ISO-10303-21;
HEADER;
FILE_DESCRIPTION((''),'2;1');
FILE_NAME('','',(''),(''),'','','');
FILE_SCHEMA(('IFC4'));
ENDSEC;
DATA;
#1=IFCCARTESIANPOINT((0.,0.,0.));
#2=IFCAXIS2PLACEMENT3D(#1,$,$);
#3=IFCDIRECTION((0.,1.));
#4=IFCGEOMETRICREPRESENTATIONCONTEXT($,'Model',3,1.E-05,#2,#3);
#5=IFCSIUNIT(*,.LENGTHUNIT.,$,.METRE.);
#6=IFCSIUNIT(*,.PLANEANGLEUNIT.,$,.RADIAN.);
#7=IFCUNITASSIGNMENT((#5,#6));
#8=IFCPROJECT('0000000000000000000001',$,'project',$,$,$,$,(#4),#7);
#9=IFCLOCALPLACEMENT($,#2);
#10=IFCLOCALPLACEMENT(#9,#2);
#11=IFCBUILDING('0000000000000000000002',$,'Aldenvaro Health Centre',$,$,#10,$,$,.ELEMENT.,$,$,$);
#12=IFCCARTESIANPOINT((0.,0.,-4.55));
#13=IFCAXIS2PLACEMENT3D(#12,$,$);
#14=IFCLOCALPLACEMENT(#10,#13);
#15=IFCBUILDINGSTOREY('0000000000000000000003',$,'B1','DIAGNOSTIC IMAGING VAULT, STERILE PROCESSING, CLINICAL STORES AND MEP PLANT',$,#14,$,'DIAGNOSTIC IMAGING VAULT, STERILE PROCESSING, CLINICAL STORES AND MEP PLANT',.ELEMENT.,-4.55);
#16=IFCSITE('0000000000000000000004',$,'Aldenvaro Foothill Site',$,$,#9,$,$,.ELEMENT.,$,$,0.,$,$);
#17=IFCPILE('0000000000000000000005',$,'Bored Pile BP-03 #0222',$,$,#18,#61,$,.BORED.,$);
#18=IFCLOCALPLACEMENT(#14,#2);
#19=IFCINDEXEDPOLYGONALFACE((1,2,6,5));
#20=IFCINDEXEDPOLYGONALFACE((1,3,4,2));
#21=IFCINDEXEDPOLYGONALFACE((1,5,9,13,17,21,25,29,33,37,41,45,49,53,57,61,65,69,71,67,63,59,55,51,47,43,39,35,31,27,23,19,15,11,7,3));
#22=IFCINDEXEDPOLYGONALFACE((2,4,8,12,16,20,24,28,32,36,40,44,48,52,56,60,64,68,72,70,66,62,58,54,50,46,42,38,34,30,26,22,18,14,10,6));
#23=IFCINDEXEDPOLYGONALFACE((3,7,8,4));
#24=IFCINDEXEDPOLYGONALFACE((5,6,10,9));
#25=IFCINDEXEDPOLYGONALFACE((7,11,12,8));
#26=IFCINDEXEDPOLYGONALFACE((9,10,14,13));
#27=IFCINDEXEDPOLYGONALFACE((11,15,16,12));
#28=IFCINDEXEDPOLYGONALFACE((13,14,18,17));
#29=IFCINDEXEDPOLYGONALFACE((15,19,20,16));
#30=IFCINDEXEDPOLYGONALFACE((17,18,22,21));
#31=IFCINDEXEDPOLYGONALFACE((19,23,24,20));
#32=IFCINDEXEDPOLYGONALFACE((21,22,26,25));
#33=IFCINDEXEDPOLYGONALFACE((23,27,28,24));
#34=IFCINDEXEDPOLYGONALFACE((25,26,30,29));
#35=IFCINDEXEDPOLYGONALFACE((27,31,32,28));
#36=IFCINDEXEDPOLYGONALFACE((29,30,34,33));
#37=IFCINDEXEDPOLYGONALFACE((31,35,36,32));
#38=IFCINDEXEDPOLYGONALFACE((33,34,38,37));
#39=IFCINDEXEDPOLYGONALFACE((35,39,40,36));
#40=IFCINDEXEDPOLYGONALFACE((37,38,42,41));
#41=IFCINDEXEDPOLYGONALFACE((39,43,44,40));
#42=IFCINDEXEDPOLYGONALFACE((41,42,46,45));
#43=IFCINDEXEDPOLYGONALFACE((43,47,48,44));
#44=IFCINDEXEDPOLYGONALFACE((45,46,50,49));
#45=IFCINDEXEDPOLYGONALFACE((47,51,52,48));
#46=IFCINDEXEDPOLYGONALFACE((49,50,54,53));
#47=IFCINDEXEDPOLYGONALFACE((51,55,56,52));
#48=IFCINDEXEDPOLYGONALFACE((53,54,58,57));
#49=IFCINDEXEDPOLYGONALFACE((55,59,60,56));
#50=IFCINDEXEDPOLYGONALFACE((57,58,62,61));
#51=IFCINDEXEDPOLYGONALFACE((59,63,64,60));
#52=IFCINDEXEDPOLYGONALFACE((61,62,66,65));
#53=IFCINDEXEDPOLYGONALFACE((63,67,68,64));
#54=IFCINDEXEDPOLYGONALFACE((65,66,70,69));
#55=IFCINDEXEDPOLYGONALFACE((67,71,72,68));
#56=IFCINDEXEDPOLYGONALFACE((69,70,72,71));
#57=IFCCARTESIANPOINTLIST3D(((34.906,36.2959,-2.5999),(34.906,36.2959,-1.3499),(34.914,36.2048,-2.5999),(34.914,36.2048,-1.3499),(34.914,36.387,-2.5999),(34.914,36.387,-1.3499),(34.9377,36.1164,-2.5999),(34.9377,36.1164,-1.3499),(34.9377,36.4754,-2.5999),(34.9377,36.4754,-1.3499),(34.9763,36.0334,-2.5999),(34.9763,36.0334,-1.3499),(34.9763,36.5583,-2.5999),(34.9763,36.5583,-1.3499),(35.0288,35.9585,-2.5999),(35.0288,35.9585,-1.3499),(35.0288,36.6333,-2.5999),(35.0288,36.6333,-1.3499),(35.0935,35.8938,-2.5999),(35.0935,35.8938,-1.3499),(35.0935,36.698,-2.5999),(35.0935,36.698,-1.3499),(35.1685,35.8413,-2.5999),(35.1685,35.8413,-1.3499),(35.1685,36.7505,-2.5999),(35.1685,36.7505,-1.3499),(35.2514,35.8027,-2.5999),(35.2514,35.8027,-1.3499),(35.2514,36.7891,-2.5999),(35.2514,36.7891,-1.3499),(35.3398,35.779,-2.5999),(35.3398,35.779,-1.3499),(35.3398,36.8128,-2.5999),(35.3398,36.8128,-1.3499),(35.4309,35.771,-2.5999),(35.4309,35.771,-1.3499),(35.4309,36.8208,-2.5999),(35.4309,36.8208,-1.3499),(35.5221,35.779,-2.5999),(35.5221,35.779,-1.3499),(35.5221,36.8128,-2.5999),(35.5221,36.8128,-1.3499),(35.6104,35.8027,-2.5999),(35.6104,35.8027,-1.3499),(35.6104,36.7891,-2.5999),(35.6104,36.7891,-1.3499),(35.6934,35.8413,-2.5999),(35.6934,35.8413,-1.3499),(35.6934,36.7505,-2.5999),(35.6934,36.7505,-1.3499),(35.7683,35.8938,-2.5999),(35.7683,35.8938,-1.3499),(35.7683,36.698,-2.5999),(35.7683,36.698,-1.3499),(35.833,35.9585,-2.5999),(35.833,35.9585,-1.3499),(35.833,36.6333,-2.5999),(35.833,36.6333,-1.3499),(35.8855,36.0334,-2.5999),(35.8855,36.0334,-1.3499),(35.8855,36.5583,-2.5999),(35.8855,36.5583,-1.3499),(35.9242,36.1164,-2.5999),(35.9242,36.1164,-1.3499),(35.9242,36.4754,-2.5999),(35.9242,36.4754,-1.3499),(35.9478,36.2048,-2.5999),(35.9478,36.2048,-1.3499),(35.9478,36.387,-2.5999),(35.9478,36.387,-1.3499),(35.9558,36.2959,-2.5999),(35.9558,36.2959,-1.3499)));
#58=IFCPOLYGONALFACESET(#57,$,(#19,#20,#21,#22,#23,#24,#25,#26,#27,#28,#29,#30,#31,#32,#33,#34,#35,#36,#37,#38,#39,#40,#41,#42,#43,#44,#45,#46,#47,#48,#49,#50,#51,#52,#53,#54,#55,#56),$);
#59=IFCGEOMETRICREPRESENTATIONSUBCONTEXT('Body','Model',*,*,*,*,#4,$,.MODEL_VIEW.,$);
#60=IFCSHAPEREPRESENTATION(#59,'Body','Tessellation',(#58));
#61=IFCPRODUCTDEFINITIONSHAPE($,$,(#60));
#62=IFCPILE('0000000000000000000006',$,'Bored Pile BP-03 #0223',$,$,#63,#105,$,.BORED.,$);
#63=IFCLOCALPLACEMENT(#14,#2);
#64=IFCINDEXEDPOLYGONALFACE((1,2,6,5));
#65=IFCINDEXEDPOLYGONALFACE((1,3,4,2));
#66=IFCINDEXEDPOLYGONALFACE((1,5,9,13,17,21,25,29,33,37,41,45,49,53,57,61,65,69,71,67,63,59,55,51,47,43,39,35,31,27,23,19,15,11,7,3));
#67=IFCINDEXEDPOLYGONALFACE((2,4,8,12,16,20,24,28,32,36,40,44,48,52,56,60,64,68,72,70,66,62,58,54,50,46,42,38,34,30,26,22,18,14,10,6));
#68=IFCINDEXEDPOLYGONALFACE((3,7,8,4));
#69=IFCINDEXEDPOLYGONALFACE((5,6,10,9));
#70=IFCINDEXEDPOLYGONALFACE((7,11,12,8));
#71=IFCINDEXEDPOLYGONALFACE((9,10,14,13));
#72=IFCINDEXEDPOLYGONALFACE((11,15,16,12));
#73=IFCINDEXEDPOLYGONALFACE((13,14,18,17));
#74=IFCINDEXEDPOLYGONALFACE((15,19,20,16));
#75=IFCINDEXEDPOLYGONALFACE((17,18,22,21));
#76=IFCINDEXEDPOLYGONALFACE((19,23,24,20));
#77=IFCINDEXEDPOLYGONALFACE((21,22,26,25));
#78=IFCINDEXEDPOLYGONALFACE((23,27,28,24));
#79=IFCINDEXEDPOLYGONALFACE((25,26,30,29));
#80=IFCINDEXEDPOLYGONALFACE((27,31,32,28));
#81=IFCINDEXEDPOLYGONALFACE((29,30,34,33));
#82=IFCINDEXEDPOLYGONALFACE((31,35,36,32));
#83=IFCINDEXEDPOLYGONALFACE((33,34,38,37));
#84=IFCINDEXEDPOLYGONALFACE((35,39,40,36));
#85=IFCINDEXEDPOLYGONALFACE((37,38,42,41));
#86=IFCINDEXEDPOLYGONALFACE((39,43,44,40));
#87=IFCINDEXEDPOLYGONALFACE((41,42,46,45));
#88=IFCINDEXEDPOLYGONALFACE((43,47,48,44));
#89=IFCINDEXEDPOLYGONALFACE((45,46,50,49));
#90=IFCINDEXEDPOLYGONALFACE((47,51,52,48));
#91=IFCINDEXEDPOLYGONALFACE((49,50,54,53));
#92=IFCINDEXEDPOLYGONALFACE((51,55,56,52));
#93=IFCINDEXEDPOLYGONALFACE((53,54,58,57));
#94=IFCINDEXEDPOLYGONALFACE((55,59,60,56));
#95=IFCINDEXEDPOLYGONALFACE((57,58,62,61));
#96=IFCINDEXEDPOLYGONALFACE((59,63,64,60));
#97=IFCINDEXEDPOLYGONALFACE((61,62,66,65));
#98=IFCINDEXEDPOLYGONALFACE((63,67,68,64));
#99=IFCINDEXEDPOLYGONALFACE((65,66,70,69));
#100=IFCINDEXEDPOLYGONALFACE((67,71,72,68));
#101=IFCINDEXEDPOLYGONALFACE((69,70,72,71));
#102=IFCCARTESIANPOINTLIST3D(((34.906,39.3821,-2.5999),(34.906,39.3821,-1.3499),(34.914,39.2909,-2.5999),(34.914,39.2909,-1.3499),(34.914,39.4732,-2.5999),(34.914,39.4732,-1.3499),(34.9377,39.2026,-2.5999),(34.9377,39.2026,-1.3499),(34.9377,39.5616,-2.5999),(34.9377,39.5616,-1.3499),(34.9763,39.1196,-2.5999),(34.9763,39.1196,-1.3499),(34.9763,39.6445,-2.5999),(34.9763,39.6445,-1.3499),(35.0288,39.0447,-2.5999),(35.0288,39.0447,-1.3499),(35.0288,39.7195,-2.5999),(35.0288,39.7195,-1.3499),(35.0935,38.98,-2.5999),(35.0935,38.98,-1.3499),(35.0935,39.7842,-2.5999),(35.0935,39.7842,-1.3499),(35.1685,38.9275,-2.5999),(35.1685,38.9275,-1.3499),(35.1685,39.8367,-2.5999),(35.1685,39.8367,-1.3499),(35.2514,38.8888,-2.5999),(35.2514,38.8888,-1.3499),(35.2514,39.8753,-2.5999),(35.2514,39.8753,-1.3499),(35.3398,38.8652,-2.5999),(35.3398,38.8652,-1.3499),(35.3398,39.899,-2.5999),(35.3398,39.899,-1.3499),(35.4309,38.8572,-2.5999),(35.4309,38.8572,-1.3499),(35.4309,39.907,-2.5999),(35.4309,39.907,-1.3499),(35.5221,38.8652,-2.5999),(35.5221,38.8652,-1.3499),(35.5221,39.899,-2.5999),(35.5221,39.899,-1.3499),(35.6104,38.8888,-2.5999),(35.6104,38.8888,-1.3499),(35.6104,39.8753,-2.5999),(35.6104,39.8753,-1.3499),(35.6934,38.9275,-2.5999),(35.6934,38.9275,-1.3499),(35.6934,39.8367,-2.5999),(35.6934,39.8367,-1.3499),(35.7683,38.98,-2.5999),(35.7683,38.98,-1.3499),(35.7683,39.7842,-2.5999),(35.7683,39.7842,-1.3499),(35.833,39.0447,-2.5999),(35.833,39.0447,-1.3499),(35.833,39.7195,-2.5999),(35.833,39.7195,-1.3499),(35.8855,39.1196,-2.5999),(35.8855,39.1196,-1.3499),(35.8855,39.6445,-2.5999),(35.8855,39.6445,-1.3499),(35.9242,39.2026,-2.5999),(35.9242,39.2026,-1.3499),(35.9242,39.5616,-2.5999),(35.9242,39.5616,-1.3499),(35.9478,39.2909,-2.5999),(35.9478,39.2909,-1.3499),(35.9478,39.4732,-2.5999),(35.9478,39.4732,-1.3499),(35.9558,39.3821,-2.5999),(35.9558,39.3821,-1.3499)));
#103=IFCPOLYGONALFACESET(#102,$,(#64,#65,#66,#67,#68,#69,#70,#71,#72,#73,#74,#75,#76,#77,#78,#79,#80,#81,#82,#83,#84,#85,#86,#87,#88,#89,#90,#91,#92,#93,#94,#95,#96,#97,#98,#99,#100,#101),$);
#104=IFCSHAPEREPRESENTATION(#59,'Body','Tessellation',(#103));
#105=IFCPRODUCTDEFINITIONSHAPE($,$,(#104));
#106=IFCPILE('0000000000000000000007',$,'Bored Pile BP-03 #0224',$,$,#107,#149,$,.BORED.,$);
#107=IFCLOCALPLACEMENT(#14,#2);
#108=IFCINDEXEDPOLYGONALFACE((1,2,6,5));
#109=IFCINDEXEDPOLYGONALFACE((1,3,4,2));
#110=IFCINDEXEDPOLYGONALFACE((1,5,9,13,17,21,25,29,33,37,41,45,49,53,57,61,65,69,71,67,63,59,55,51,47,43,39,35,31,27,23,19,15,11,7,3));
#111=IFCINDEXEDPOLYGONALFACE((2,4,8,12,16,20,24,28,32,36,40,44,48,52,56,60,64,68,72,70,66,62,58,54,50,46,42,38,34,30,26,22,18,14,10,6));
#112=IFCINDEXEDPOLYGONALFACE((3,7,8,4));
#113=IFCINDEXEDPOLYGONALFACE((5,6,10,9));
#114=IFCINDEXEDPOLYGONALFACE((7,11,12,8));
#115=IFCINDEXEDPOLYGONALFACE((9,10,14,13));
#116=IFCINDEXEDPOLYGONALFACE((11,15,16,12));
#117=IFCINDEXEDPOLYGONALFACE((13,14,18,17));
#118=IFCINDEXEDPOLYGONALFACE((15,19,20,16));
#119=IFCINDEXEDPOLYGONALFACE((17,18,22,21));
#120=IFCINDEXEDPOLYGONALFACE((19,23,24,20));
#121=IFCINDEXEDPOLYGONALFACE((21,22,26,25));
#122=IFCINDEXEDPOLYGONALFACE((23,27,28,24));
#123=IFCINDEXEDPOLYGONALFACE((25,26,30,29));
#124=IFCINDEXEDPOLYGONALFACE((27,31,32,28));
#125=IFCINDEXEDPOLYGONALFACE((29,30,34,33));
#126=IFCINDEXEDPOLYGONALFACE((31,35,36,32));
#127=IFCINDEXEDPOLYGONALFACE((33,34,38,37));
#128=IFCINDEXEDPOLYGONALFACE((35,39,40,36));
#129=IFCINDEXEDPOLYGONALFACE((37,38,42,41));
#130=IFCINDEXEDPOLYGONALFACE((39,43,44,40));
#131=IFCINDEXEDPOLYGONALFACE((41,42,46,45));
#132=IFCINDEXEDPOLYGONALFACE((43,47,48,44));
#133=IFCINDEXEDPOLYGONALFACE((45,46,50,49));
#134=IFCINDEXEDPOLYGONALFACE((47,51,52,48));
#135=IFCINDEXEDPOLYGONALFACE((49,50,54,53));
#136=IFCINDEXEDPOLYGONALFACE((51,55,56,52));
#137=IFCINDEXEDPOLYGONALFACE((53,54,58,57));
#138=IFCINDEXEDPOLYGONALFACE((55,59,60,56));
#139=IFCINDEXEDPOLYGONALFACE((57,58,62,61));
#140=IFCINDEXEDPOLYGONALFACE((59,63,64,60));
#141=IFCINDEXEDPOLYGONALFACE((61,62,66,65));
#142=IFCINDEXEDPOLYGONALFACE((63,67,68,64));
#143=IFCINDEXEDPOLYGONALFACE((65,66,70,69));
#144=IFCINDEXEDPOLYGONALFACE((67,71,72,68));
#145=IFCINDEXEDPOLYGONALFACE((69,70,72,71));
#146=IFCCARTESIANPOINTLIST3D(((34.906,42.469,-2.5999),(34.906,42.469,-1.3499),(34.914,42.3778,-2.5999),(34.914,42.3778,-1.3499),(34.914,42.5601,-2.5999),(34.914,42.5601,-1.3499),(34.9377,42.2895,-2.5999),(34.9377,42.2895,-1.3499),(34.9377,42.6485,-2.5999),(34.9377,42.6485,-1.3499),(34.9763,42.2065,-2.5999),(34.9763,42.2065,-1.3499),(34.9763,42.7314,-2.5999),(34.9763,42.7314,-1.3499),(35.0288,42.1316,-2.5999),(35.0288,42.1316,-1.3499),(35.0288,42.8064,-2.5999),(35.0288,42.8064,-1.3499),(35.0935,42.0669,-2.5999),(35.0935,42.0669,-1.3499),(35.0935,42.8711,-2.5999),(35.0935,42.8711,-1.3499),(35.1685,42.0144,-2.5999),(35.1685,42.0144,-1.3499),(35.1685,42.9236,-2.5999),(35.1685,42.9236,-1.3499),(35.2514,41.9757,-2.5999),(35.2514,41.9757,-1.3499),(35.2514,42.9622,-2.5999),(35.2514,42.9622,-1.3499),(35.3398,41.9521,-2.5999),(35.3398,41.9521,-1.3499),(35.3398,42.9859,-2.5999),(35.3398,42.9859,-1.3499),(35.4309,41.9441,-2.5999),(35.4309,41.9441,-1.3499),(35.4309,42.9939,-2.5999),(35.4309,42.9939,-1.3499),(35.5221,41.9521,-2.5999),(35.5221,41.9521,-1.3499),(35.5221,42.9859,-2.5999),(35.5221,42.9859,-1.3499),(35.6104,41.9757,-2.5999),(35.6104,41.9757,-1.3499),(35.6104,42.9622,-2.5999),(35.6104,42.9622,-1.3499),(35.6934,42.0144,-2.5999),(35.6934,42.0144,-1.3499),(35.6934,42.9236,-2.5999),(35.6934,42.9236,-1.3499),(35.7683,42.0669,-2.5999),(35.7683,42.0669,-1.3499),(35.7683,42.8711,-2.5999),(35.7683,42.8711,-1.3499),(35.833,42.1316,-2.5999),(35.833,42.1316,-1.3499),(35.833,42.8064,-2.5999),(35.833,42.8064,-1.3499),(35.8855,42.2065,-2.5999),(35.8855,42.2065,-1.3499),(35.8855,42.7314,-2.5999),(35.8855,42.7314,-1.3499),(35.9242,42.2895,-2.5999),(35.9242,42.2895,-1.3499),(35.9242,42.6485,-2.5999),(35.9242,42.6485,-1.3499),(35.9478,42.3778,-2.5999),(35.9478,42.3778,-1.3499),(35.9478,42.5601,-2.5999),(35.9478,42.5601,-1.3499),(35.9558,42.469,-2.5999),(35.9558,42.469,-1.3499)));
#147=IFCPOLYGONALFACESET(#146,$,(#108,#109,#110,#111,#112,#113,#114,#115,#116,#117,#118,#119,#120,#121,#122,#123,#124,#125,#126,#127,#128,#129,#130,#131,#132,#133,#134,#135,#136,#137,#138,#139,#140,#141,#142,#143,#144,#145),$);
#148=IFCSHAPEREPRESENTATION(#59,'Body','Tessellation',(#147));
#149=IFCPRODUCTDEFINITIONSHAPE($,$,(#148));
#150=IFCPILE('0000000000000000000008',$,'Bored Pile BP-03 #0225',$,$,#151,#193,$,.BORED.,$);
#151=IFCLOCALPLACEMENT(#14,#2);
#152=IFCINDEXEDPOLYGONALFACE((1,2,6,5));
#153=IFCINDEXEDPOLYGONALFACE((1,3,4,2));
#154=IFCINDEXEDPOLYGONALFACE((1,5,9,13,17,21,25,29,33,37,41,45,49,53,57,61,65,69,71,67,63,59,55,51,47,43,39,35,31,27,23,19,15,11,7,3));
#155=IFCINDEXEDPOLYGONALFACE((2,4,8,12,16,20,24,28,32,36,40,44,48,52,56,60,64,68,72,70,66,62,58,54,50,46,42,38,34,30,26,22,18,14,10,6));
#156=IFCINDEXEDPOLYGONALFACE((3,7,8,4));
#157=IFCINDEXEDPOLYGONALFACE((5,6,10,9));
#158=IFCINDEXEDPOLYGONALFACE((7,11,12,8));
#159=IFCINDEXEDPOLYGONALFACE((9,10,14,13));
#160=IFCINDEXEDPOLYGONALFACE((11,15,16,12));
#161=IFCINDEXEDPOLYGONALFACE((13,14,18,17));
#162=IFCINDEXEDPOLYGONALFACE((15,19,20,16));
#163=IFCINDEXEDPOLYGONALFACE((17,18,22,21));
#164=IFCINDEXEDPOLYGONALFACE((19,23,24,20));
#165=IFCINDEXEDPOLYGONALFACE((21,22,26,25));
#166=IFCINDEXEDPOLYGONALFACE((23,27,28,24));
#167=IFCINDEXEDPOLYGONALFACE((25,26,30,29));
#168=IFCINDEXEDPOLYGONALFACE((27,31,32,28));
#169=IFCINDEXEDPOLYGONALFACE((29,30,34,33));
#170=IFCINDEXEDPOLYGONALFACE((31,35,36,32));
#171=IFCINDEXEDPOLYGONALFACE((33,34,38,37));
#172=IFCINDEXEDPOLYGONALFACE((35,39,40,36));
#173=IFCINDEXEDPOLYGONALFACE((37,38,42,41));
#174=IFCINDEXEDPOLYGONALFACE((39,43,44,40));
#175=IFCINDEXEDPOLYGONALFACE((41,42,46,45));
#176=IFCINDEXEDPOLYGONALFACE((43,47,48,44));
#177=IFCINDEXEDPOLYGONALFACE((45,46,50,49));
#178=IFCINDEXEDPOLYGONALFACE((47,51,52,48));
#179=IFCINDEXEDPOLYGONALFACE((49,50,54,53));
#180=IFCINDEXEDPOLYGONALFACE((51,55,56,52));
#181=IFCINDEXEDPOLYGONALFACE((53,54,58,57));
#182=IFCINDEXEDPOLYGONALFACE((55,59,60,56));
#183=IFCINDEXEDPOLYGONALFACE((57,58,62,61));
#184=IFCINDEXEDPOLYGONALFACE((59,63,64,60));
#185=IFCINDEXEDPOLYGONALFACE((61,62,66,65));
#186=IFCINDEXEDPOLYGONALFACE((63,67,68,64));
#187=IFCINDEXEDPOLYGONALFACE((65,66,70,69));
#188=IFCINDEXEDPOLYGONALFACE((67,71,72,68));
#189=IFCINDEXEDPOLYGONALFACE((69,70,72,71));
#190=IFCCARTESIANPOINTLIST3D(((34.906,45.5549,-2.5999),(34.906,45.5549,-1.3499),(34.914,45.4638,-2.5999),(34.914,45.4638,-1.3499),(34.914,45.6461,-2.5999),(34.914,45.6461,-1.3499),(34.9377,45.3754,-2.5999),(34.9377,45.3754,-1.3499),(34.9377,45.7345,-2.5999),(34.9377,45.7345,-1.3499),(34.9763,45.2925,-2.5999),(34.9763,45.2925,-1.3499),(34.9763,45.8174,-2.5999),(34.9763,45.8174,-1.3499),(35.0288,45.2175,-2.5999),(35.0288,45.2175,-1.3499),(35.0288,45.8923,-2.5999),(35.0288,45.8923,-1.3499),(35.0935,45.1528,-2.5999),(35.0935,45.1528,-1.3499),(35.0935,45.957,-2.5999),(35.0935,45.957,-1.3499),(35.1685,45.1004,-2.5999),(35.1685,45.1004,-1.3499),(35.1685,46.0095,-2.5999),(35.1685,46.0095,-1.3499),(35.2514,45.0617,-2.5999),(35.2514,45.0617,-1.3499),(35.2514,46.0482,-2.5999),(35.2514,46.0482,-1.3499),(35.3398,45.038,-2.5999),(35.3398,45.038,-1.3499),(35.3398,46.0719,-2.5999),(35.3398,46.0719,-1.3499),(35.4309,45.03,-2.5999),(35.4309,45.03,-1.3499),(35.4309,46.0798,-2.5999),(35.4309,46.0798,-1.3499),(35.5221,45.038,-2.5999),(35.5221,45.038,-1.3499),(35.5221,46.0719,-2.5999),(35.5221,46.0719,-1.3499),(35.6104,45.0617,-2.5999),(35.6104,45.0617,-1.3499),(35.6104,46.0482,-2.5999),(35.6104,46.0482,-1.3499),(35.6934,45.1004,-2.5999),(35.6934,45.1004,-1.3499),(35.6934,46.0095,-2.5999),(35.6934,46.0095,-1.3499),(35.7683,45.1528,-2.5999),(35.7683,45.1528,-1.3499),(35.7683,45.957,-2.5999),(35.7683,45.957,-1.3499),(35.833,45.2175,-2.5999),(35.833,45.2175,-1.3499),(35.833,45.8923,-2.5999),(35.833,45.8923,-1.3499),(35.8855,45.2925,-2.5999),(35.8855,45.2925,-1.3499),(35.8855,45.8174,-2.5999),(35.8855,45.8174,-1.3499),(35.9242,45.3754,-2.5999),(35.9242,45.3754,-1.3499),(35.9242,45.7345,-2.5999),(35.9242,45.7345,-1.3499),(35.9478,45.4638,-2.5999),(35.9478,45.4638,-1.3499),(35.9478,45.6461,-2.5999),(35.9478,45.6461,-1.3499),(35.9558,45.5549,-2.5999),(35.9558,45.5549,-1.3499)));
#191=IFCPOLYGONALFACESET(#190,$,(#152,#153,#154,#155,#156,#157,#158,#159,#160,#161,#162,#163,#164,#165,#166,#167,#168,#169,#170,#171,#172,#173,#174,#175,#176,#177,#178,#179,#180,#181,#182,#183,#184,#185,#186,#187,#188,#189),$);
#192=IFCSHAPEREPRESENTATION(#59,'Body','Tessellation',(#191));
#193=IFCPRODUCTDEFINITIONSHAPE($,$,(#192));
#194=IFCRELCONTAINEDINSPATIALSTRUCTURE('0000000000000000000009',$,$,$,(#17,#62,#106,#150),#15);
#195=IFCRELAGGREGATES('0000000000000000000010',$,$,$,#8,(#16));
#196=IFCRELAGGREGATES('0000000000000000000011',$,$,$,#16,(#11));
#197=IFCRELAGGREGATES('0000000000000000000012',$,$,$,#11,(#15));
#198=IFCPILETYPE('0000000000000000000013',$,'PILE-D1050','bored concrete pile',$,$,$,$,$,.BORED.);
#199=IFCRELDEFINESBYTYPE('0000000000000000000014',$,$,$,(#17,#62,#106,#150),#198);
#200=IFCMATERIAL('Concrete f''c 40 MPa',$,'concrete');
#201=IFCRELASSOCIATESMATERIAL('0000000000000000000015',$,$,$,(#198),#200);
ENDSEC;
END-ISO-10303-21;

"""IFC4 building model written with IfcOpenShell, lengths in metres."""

from ifc_helpers import new_model, si_unit, direction, frame, origin, origin_2d, place, context, subcontext, project, spatial, circle, extrude, material, material_profile, profile_set, type_object, element, save


model = new_model("IFC4")

# Units and contexts
model_context = context("Model", 3, precision=1e-05, world=origin(), true_north=direction((0.0, 1.0)))
body_context = subcontext(model_context, "Body", "Model", "MODEL_VIEW")
ifc_project = project(units=[si_unit("LENGTHUNIT", "METRE"), si_unit("PLANEANGLEUNIT", "RADIAN")], contexts=[model_context])

# Site, building, storey
site_placement = place(None, origin())
site = spatial("IfcSite", under=ifc_project, at=site_placement, Name="Aldenvaro Foothill Site", CompositionType="ELEMENT", RefElevation=0.0)
building_placement = place(site_placement, origin())
building = spatial("IfcBuilding", under=site, at=building_placement, Name="Aldenvaro Health Centre", CompositionType="ELEMENT")
storey_placement = place(building_placement, frame((0.0, 0.0, -4.55)))
storey = spatial("IfcBuildingStorey", under=building, at=storey_placement, Name="B1", Description="DIAGNOSTIC IMAGING VAULT, STERILE PROCESSING, CLINICAL STORES AND MEP PLANT", LongName="DIAGNOSTIC IMAGING VAULT, STERILE PROCESSING, CLINICAL STORES AND MEP PLANT", CompositionType="ELEMENT", Elevation=-4.55)

# Piles
ifc_material_1 = material(Name="Concrete f'c 40 MPa", Category="concrete")
ifc_material_profile_1 = material_profile(ifc_material_1, circle(Radius=0.5249, at=origin_2d()), Name="PILE D1050", Category="concrete")
ifc_profile_set_1 = profile_set([ifc_material_profile_1], Name="Concrete f'c 40 MPa")
pile_type = type_object("IfcPileType", Name="PILE-D1050", Description="bored concrete pile", PredefinedType="BORED", material=ifc_profile_set_1)
for number, where, z_axis, x_axis, name in (
    (1, (35.4309, 36.2959, -1.3499), (0.0, 0.0, -1.0), (1.0, 0.0, 0.0), "Bored Pile BP-03 #0222"),
    (2, (35.4309, 39.3821, -1.3499), (0.0, 0.0, -1.0), (1.0, 0.0, 0.0), "Bored Pile BP-03 #0223"),
    (3, (35.4309, 42.469, -1.3499), (0.0, 0.0, -1.0), (1.0, 0.0, 0.0), "Bored Pile BP-03 #0224"),
    (4, (35.4309, 45.5549, -1.3499), (0.0, 0.0, -1.0), (1.0, 0.0, 0.0), "Bored Pile BP-03 #0225"),
):
    element("IfcPile", number, at=place(storey_placement, frame(where, z_axis=z_axis, x_axis=x_axis)), inside=storey, type_object=pile_type, Name=name, PredefinedType="BORED", context=body_context, shape_type="SweptSolid", body=[
        extrude(circle(Radius=0.5249, at=origin_2d()), origin(), (0.0, 0.0, 1.0), 1.25),
    ])

save(model, "model.ifc")
